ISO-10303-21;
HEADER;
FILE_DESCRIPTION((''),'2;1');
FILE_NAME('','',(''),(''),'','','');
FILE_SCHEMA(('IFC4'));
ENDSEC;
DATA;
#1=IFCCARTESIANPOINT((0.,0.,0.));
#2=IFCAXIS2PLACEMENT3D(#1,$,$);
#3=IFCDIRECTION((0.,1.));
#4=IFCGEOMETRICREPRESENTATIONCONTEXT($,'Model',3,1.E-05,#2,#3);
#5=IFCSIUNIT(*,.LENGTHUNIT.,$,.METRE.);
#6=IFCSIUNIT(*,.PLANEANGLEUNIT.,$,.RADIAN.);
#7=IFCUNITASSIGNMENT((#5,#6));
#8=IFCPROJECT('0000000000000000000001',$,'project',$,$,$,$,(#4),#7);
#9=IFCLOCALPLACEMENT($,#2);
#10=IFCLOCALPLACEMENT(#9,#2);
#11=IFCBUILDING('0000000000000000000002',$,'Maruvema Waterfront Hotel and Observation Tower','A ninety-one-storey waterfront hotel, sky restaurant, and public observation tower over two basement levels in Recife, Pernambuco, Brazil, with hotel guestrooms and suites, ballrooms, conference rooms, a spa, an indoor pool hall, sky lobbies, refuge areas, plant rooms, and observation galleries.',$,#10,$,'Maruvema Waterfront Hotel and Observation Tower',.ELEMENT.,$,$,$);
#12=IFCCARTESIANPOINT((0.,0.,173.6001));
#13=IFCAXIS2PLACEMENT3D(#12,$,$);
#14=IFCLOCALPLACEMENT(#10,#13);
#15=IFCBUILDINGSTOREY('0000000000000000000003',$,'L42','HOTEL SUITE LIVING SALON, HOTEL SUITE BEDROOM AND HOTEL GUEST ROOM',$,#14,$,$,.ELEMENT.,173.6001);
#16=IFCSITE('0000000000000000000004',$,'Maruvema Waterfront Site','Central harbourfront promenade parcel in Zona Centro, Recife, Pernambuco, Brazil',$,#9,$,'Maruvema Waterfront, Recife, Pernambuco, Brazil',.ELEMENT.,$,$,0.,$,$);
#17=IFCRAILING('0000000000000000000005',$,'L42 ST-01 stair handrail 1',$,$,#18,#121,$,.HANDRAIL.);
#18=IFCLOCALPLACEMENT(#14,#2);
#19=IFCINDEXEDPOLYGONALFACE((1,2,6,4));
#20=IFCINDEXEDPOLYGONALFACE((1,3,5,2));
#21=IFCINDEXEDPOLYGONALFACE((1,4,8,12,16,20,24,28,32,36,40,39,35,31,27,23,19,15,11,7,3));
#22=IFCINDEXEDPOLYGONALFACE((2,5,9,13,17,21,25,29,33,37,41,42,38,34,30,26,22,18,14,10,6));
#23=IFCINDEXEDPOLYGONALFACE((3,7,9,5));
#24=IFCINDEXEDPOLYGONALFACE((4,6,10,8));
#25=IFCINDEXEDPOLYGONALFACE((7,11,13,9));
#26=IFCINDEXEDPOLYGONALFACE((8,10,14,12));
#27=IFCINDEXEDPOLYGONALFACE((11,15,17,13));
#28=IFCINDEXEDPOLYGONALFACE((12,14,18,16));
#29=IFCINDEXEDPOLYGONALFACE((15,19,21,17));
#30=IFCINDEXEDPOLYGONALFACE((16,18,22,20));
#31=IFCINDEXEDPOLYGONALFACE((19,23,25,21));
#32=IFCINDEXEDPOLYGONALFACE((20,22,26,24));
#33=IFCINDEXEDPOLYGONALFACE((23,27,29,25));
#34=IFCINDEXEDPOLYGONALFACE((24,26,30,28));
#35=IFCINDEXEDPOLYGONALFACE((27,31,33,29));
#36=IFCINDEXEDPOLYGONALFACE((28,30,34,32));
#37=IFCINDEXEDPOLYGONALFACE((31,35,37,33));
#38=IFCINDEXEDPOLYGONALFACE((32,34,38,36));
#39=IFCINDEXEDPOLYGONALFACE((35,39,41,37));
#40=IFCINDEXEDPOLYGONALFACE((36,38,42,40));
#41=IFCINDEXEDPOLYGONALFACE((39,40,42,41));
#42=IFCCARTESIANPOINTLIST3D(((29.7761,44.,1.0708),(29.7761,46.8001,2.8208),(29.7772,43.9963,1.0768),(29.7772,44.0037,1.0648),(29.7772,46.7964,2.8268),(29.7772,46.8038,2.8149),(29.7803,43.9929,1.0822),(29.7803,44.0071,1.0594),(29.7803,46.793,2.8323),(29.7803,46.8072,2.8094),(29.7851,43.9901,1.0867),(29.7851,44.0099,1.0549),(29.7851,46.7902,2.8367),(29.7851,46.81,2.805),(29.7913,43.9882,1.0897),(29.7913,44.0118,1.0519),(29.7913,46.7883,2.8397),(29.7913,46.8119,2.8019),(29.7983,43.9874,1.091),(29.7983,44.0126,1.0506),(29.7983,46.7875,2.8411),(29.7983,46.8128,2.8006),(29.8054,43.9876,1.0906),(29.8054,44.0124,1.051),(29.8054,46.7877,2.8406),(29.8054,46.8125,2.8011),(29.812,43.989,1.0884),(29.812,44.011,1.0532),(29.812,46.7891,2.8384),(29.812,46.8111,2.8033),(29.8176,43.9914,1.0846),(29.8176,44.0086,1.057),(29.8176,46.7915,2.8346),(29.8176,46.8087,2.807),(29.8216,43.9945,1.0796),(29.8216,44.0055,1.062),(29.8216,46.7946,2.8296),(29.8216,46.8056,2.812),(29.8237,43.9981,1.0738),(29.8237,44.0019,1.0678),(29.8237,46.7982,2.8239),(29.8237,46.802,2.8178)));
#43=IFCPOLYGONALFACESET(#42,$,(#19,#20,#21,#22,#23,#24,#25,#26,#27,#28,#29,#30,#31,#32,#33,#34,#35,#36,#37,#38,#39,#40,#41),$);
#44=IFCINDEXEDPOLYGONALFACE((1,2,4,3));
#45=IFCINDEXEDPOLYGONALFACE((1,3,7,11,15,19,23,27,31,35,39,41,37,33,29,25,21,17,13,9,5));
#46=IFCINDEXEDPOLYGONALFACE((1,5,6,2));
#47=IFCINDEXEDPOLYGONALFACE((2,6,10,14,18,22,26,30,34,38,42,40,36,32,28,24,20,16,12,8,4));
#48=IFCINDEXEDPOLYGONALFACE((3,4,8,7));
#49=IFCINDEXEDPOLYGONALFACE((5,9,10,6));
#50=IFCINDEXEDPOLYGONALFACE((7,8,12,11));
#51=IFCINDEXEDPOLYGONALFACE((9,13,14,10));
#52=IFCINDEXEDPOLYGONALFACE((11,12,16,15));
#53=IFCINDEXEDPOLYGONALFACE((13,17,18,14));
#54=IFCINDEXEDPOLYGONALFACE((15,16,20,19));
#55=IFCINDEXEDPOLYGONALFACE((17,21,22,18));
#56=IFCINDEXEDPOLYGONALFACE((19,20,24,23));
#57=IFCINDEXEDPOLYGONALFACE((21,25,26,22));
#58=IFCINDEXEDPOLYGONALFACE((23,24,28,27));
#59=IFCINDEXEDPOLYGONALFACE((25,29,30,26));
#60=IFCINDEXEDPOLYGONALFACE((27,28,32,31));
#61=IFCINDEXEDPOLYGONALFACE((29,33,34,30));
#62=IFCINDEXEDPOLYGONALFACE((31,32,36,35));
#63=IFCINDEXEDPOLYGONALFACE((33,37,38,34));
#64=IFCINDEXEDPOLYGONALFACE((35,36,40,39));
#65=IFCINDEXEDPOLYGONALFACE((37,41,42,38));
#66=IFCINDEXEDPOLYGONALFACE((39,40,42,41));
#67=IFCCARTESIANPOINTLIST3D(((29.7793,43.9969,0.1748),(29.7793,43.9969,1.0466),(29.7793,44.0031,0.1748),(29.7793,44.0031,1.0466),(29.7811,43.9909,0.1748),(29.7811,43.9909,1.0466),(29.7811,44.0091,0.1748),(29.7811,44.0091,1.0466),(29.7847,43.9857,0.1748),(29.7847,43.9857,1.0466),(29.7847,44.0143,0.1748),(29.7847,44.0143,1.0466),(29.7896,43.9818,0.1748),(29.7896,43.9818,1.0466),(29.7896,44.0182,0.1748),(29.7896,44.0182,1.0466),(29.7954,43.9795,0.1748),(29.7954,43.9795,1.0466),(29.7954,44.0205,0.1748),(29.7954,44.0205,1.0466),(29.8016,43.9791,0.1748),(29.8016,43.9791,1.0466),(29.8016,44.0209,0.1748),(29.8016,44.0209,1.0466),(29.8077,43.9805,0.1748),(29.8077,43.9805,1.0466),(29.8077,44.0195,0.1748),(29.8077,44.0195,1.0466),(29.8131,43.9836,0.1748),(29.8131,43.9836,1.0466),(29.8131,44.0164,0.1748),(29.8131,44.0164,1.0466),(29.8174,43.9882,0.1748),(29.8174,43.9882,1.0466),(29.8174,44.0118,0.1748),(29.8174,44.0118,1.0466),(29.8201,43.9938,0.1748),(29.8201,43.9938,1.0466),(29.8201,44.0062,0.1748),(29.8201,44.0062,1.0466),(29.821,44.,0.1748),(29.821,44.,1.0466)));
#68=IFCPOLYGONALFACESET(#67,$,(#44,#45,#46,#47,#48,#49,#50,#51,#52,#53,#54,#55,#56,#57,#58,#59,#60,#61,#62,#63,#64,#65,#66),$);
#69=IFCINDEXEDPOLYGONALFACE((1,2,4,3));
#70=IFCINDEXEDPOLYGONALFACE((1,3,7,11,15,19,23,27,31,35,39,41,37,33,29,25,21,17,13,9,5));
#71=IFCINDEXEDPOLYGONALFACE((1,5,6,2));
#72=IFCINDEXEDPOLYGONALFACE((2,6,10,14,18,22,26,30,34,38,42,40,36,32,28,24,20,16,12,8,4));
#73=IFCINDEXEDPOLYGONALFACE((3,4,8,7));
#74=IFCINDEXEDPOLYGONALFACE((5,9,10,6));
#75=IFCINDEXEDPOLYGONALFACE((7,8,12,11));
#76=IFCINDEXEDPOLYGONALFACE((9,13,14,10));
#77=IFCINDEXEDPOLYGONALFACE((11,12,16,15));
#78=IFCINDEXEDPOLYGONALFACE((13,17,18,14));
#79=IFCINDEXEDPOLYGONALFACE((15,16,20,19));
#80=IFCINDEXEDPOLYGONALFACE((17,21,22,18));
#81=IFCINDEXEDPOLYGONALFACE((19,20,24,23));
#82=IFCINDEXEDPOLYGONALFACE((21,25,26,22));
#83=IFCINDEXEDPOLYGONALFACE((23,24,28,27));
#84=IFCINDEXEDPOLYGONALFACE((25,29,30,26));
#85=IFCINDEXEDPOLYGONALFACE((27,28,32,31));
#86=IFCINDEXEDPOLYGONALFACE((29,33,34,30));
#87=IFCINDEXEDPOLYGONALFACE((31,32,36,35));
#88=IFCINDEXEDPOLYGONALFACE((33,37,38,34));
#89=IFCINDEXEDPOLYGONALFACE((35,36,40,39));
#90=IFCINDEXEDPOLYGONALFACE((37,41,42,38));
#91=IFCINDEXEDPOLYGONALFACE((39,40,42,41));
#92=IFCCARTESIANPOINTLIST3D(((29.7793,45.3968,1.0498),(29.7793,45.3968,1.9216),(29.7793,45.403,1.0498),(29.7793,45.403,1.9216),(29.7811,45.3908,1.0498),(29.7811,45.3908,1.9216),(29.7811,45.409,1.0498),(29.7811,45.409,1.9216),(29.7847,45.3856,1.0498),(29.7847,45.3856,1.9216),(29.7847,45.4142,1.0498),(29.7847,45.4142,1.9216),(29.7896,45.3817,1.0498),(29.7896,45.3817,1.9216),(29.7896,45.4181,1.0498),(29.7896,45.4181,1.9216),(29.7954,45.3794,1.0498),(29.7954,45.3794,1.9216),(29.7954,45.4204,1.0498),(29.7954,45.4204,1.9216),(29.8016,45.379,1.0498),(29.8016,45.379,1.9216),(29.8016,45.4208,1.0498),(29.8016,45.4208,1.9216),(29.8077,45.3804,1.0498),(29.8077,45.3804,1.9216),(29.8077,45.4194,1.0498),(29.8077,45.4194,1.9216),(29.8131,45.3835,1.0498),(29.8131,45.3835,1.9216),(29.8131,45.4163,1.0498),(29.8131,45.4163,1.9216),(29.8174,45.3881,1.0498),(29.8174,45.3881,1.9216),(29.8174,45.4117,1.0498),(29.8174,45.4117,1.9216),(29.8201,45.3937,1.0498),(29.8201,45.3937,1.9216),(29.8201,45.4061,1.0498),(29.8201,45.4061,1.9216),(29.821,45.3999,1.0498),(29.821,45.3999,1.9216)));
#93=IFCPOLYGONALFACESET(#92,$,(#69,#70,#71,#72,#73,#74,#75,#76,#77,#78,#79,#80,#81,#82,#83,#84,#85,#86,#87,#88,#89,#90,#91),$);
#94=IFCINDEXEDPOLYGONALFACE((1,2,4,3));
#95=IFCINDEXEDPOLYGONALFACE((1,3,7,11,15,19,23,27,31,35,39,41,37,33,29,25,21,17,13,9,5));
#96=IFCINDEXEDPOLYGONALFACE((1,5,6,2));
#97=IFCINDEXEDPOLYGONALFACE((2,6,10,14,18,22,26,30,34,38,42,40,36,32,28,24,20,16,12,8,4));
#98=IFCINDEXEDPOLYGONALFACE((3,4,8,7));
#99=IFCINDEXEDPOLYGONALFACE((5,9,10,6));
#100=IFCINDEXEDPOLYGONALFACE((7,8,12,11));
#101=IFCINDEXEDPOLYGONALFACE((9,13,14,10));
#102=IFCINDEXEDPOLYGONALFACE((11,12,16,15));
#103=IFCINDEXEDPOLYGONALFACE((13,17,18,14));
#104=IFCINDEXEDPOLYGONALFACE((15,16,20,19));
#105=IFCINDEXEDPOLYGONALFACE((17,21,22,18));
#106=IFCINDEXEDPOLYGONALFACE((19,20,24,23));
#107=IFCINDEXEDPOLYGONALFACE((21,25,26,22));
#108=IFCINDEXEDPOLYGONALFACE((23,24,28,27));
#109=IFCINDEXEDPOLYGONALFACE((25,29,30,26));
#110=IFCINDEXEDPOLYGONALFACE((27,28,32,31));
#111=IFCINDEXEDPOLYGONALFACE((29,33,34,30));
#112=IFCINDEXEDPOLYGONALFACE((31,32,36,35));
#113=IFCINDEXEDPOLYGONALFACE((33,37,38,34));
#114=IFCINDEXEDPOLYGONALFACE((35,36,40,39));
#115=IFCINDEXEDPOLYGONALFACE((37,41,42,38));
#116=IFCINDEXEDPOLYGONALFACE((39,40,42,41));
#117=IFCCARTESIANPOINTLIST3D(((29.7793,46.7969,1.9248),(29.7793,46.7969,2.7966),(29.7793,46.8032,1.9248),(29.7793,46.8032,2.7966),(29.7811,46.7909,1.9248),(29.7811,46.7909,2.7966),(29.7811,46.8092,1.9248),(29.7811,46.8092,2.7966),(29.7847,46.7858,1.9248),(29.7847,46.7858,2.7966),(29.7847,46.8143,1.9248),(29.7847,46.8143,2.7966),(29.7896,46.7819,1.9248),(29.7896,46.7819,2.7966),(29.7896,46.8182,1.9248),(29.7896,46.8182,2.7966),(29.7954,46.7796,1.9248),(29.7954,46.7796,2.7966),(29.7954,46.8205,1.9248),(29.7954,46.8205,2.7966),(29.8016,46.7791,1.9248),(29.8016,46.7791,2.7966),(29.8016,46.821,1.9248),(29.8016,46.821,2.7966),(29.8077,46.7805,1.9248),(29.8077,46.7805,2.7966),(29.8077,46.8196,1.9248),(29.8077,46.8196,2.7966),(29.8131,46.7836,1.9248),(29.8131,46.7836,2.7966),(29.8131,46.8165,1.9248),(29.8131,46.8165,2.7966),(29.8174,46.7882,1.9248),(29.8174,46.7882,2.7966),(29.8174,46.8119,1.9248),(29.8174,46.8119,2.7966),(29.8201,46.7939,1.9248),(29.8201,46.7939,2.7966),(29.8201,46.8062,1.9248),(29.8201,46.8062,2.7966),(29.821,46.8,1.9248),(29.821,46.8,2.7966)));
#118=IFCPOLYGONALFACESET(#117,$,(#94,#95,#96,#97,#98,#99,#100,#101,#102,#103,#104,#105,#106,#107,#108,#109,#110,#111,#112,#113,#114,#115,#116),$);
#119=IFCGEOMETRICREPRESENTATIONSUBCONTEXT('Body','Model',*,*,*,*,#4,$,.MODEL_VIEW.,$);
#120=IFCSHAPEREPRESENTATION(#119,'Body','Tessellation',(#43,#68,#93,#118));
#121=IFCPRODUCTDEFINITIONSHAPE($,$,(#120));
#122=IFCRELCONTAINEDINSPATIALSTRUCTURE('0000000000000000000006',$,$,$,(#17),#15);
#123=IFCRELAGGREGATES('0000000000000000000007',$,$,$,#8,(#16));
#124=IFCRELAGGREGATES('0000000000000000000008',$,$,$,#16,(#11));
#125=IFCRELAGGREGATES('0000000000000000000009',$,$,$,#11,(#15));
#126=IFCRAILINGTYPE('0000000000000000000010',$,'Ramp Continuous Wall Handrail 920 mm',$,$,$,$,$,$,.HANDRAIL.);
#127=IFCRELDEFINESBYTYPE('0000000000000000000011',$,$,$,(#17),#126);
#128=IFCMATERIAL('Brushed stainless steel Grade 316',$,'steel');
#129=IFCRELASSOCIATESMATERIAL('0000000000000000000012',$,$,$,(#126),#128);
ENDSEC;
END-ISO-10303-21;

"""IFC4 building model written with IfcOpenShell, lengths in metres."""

from ifc_helpers import new_model, si_unit, direction, frame, origin, origin_2d, place, context, subcontext, project, spatial, circle, extrude, material, type_object, element, save


model = new_model("IFC4")

# Units and contexts
model_context = context("Model", 3, precision=1e-05, world=origin(), true_north=direction((0.0, 1.0)))
body_context = subcontext(model_context, "Body", "Model", "MODEL_VIEW")
ifc_project = project(units=[si_unit("LENGTHUNIT", "METRE"), si_unit("PLANEANGLEUNIT", "RADIAN")], contexts=[model_context])

# Site, building, storey
site_placement = place(None, origin())
site = spatial("IfcSite", under=ifc_project, at=site_placement, Name="Maruvema Waterfront Site", Description="Central harbourfront promenade parcel in Zona Centro, Recife, Pernambuco, Brazil", LongName="Maruvema Waterfront, Recife, Pernambuco, Brazil", CompositionType="ELEMENT", RefElevation=0.0)
building_placement = place(site_placement, origin())
building = spatial("IfcBuilding", under=site, at=building_placement, Name="Maruvema Waterfront Hotel and Observation Tower", Description="A ninety-one-storey waterfront hotel, sky restaurant, and public observation tower over two basement levels in Recife, Pernambuco, Brazil, with hotel guestrooms and suites, ballrooms, conference rooms, a spa, an indoor pool hall, sky lobbies, refuge areas, plant rooms, and observation galleries.", LongName="Maruvema Waterfront Hotel and Observation Tower", CompositionType="ELEMENT")
storey_placement = place(building_placement, frame((0.0, 0.0, 173.6001)))
storey = spatial("IfcBuildingStorey", under=building, at=storey_placement, Name="L42", Description="HOTEL SUITE LIVING SALON, HOTEL SUITE BEDROOM AND HOTEL GUEST ROOM", CompositionType="ELEMENT", Elevation=173.6001)

# Railing
ifc_material_1 = material(Name="Brushed stainless steel Grade 316", Category="steel")
railing_type_1 = type_object("IfcRailingType", Name="Ramp Continuous Wall Handrail 920 mm", PredefinedType="HANDRAIL", material=ifc_material_1)
railing_1_placement = place(storey_placement, frame((29.8, 44.0, 0.1748)))
element("IfcRailing", 1, at=railing_1_placement, inside=storey, type_object=railing_type_1, Name="L42 ST-01 stair handrail 1", PredefinedType="HANDRAIL", context=body_context, shape_type="SweptSolid", body=[
    extrude(circle(Radius=0.0239, at=origin_2d()), frame((0.0, 0.0, 0.896), z_axis=(0.0, 0.848002, 0.529992), x_axis=(-1.0, 0.0, 0.0)), (0.0, 0.0, 1.0), 3.302),
    extrude(circle(Radius=0.021, at=origin_2d()), origin(), (0.0, 0.0, 1.0), 0.8718),
    extrude(circle(Radius=0.021, at=origin_2d()), frame((0.0, 1.3999, 0.875)), (0.0, 0.0, 1.0), 0.8718),
    extrude(circle(Radius=0.021, at=origin_2d()), frame((0.0, 2.8, 1.75)), (0.0, 0.0, 1.0), 0.8718),
])

save(model, "model.ifc")
